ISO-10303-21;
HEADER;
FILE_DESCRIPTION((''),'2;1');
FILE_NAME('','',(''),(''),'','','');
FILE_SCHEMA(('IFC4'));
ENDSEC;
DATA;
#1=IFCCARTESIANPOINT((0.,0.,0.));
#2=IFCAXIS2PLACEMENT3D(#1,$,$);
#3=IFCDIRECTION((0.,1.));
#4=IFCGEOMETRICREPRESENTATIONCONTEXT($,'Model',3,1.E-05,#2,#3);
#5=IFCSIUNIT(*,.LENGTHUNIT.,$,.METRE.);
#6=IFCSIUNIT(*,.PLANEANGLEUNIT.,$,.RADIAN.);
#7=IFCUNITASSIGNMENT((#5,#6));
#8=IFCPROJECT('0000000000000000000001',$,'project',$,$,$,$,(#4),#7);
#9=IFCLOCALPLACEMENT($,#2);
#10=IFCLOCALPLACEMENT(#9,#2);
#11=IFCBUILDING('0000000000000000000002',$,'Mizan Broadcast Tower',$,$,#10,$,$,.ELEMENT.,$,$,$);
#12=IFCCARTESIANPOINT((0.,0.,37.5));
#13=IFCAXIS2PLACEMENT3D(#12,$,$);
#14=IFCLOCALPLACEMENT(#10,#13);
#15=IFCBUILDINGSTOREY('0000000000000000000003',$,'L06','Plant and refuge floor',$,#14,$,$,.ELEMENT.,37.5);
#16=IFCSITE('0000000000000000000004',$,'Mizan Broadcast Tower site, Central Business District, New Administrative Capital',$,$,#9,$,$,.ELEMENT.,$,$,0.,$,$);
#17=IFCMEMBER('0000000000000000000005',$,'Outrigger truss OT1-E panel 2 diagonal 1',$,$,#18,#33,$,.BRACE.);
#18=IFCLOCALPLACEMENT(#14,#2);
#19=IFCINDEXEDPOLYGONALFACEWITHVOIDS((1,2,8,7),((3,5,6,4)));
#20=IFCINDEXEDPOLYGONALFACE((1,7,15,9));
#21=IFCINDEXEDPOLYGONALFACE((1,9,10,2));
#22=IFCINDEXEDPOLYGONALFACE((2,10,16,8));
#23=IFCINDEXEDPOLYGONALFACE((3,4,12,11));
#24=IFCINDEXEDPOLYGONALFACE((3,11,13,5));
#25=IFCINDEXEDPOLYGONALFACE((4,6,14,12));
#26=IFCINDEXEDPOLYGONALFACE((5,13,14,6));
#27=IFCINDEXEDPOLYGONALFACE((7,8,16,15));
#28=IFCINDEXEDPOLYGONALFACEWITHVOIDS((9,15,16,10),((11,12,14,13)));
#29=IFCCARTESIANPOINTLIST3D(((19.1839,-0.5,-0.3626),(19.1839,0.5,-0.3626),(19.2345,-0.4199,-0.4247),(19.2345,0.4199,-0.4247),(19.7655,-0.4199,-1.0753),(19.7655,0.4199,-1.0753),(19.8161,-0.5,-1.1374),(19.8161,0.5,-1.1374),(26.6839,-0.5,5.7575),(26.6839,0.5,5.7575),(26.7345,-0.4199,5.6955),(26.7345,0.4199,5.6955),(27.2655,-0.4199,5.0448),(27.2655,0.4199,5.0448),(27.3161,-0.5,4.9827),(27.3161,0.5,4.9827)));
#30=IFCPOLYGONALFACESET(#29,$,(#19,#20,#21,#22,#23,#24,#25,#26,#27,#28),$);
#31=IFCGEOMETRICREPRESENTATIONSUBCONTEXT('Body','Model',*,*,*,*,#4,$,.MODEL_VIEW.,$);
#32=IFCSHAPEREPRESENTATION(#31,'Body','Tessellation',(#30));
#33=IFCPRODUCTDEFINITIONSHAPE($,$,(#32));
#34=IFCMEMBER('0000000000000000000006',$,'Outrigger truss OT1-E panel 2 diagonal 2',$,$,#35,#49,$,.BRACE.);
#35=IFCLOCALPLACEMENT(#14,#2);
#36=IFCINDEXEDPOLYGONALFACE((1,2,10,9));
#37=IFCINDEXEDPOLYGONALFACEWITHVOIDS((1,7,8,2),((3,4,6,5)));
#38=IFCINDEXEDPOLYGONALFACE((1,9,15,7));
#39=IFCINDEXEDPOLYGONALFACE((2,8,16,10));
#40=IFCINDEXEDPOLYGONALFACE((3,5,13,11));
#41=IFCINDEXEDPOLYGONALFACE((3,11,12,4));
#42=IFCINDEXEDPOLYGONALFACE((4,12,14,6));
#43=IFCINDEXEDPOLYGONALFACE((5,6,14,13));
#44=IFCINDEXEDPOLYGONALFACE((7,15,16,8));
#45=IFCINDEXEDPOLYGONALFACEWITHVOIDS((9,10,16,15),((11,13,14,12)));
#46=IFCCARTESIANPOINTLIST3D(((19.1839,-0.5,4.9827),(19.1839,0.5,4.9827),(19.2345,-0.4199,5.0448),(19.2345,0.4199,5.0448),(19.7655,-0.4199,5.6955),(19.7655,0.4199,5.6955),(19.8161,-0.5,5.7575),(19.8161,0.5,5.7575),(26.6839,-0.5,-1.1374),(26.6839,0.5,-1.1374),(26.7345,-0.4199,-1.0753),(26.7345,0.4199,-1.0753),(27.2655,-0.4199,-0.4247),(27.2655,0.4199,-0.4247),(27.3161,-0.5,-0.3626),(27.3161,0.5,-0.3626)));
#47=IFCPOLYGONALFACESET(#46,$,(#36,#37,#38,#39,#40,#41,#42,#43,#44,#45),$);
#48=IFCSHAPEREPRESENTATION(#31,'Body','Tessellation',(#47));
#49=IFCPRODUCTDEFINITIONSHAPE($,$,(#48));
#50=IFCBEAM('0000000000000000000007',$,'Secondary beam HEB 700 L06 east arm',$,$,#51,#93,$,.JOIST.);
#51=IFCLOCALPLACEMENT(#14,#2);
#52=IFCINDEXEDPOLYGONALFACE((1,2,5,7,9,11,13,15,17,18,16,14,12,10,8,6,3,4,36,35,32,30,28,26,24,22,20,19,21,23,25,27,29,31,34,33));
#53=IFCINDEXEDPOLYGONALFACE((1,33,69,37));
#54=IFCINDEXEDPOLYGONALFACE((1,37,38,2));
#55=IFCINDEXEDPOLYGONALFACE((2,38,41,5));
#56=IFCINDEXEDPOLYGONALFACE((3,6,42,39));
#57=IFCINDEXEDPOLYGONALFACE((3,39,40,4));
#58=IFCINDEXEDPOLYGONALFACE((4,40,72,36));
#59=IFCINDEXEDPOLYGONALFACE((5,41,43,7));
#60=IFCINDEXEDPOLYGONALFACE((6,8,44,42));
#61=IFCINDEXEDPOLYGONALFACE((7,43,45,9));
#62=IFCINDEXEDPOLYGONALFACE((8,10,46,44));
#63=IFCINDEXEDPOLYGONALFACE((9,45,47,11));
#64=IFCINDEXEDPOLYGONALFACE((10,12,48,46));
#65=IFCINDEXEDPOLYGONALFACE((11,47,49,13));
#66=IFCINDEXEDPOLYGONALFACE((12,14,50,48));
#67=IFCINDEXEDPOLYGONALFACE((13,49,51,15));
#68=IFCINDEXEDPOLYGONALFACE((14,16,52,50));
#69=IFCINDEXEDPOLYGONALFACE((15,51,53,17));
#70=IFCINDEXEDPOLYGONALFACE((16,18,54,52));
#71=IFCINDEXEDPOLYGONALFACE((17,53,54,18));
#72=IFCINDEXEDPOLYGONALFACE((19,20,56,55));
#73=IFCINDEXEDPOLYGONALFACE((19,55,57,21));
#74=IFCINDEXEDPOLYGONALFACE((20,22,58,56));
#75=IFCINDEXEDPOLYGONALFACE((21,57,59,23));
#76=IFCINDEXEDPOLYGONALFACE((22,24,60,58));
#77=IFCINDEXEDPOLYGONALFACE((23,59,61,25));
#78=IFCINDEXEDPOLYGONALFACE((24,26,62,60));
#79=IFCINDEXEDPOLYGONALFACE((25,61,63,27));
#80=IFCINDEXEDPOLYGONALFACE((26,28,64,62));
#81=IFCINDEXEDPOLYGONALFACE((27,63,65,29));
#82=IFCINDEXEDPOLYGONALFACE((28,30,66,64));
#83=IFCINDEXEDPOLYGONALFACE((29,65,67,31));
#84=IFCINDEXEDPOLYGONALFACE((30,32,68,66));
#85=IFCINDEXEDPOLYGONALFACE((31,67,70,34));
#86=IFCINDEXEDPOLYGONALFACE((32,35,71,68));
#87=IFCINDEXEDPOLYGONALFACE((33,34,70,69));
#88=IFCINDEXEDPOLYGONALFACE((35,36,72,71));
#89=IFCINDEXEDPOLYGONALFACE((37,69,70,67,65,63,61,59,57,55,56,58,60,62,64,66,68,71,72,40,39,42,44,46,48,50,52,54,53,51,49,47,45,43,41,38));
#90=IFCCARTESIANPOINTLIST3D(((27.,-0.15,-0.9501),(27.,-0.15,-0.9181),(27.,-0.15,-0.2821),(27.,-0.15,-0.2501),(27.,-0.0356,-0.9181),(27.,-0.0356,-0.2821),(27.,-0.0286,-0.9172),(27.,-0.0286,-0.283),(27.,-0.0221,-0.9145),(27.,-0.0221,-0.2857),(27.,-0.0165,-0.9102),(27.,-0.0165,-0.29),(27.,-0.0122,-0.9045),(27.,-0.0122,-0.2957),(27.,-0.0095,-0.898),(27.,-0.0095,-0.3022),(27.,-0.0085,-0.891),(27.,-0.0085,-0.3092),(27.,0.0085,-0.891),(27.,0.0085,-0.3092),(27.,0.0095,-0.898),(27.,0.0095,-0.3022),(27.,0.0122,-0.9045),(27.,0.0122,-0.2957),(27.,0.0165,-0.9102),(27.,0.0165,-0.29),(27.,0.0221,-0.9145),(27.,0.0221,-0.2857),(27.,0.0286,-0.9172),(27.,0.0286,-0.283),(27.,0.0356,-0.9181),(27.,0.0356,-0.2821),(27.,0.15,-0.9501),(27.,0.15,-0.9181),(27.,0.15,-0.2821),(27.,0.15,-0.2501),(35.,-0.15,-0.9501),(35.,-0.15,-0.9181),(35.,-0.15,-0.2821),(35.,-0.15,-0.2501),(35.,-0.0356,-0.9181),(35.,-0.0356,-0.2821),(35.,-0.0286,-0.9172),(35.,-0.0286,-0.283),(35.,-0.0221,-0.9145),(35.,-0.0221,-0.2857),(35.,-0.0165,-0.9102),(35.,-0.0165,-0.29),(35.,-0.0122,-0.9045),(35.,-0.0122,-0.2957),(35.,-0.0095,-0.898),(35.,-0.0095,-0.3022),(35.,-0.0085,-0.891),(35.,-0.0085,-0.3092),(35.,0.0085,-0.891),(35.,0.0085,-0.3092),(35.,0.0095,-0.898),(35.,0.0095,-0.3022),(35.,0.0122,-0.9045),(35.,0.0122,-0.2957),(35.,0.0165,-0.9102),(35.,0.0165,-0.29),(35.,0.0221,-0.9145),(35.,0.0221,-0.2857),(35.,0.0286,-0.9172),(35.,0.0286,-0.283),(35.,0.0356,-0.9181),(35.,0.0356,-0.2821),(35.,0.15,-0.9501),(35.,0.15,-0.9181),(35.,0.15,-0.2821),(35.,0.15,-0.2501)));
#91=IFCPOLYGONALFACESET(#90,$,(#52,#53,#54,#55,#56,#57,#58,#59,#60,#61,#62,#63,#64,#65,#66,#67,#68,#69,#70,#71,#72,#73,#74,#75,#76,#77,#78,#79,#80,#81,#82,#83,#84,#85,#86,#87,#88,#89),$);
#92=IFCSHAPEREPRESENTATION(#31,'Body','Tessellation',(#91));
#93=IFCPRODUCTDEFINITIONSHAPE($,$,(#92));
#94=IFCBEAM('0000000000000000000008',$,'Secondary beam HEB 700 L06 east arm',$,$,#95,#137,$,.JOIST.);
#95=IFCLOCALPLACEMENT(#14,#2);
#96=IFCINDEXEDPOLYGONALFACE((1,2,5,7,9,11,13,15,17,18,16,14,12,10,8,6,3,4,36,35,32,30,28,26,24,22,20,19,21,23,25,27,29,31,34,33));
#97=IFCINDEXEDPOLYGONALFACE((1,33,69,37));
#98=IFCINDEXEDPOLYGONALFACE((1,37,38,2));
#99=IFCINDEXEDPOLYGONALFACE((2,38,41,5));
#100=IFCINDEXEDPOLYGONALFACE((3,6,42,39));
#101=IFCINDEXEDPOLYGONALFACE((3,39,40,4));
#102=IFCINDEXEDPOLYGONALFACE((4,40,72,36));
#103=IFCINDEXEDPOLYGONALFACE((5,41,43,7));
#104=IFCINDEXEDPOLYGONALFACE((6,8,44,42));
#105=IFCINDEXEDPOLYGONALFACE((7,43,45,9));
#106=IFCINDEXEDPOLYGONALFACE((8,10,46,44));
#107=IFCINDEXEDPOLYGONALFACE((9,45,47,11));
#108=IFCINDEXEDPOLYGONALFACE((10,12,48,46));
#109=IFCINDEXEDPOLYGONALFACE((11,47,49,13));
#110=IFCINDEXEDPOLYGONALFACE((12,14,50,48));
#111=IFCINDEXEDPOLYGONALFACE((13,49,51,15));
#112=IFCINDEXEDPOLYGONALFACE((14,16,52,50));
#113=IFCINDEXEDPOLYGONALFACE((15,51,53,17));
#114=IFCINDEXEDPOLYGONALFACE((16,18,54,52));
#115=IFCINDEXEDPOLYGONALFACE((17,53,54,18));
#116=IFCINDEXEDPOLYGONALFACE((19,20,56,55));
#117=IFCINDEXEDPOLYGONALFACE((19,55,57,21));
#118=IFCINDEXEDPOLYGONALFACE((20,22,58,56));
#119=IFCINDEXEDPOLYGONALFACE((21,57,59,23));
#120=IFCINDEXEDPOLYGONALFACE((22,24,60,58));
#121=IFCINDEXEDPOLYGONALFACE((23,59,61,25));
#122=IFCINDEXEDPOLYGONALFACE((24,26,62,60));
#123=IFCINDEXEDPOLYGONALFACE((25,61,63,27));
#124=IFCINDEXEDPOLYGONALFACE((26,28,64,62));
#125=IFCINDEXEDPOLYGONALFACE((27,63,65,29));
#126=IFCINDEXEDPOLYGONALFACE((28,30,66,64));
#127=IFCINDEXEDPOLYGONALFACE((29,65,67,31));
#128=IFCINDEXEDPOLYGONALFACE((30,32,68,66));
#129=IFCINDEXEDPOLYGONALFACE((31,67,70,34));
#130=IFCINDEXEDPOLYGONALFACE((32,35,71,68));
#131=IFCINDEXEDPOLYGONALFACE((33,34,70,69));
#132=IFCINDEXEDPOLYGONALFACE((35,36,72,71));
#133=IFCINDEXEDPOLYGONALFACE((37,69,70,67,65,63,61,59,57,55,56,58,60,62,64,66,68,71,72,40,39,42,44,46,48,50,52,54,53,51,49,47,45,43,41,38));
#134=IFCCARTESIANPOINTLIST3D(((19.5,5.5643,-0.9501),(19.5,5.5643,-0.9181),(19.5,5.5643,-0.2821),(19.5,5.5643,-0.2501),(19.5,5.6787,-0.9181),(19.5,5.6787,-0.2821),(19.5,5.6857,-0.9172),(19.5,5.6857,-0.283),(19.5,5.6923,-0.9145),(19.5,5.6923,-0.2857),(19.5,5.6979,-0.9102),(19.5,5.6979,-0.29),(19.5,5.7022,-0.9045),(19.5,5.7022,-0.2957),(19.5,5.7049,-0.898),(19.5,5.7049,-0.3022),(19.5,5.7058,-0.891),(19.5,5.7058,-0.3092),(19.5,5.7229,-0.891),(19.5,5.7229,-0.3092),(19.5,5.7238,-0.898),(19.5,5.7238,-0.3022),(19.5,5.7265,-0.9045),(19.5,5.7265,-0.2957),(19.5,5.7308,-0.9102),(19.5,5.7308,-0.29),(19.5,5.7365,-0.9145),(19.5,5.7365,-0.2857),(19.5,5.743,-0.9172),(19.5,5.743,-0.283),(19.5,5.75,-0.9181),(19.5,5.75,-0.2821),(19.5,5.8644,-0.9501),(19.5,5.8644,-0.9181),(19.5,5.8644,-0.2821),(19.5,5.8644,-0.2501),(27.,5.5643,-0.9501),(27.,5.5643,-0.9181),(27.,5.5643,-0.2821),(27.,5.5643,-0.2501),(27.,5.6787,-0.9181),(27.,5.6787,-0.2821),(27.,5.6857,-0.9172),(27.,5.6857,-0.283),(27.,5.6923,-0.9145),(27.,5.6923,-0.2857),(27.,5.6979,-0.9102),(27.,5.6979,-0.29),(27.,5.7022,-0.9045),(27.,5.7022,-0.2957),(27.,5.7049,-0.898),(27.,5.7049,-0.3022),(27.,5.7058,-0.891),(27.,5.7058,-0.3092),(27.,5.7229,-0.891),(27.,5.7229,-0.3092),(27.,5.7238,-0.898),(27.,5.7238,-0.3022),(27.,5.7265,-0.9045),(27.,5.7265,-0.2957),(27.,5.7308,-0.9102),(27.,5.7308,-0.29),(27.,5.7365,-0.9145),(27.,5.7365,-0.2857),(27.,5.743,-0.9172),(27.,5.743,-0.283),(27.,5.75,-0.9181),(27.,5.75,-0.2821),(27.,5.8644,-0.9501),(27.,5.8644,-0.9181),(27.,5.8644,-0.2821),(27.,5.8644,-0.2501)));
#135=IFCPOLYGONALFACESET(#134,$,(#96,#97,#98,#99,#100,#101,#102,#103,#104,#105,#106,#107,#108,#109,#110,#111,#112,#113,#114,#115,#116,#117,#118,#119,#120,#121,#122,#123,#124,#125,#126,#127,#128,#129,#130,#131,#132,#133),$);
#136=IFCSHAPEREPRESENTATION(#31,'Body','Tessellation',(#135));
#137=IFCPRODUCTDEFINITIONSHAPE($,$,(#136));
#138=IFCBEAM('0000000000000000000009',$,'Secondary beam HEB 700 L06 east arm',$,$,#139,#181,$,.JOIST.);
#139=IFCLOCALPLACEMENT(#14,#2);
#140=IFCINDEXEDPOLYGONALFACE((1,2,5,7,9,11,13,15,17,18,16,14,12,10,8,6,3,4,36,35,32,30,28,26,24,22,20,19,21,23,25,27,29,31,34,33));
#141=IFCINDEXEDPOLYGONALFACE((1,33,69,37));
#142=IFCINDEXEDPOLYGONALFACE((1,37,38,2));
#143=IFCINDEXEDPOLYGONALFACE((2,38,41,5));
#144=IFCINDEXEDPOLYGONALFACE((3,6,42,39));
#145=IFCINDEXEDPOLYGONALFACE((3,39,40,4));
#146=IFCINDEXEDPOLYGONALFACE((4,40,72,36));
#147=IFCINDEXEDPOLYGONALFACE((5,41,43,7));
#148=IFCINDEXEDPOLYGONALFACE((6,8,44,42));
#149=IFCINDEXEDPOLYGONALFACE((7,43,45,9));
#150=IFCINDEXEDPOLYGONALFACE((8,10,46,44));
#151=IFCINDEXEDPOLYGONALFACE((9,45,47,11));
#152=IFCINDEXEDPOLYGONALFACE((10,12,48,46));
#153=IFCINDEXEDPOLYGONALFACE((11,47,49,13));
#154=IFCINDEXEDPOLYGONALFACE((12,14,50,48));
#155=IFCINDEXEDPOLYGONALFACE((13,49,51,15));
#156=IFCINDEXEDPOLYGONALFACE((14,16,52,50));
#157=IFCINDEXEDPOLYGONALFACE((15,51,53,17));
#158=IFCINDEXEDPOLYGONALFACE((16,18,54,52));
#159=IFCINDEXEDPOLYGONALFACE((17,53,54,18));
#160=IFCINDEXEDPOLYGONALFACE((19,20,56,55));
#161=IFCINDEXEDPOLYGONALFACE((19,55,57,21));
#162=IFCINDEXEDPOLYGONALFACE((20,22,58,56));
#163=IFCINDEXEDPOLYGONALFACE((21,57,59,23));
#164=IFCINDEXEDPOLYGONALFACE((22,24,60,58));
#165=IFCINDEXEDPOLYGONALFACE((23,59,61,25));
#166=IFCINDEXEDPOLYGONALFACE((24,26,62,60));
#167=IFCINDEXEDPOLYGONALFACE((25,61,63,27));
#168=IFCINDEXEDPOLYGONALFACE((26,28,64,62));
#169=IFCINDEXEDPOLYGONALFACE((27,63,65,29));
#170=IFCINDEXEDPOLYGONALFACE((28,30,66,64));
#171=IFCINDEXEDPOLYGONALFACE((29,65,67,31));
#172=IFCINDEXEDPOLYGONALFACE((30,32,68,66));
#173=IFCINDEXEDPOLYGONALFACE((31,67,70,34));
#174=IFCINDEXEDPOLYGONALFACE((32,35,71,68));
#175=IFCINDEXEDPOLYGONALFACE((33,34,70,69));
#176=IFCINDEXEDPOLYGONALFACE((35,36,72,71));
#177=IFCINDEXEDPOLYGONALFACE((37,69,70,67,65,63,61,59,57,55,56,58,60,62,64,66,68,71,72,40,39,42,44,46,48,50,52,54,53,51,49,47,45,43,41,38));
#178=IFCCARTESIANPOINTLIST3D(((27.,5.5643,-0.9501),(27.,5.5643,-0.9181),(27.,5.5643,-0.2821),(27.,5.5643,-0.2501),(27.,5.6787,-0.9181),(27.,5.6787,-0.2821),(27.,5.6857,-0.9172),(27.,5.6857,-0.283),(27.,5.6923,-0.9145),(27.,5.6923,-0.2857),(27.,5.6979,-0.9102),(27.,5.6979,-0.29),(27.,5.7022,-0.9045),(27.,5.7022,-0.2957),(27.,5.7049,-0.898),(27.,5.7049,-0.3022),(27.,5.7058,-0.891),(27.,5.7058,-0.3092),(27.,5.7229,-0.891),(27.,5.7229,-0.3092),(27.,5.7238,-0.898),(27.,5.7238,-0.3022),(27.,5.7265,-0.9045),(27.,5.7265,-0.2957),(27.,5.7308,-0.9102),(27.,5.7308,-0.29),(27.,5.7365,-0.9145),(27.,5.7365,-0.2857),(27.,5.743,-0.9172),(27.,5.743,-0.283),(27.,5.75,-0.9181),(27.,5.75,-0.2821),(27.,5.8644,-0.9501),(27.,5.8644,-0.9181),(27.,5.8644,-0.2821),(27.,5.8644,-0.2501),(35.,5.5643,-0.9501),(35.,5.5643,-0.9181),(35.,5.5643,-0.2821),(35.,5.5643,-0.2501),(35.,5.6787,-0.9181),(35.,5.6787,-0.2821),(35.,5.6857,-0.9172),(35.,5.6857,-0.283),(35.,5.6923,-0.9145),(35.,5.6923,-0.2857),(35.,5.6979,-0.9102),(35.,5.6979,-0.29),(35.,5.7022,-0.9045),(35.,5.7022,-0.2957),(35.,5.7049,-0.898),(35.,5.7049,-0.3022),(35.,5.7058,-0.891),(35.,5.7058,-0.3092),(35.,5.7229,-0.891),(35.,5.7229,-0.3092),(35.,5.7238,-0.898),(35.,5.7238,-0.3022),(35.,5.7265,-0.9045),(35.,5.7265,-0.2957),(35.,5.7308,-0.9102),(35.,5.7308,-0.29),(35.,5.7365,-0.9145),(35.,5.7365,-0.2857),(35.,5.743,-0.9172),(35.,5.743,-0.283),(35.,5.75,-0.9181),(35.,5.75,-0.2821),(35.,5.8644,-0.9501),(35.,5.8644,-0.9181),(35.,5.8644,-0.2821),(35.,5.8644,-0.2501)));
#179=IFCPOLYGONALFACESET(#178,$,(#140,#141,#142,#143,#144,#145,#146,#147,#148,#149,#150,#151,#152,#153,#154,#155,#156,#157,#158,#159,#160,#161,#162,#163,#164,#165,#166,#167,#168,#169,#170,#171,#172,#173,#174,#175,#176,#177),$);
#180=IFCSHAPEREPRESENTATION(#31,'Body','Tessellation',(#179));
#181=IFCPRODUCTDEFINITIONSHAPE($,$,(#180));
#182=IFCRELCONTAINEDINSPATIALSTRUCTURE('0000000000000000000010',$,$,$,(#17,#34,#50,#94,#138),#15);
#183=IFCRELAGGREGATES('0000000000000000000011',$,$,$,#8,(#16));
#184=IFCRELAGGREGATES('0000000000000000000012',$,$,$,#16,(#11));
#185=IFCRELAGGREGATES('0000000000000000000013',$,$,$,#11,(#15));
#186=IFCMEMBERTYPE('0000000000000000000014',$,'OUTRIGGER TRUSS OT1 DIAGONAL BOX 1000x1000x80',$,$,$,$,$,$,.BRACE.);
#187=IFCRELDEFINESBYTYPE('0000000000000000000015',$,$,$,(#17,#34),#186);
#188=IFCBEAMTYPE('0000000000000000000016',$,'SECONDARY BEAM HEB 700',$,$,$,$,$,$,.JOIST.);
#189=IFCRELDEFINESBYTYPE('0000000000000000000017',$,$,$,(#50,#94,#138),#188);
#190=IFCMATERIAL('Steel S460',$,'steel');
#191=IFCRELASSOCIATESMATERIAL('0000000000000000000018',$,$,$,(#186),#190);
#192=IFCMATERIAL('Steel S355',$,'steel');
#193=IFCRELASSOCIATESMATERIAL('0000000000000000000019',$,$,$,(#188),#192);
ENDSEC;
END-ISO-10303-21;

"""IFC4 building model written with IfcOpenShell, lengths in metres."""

from ifc_helpers import new_model, si_unit, direction, frame, origin, origin_2d, place, context, subcontext, project, spatial, hollow_rectangle, i_section, extrude, material, material_profile, profile_set, type_object, element, save


model = new_model("IFC4")

# Units and contexts
model_context = context("Model", 3, precision=1e-05, world=origin(), true_north=direction((0.0, 1.0)))
body_context = subcontext(model_context, "Body", "Model", "MODEL_VIEW")
ifc_project = project(units=[si_unit("LENGTHUNIT", "METRE"), si_unit("PLANEANGLEUNIT", "RADIAN")], contexts=[model_context])

# Site, building, storey
site_placement = place(None, origin())
site = spatial("IfcSite", under=ifc_project, at=site_placement, Name="Mizan Broadcast Tower site, Central Business District, New Administrative Capital", CompositionType="ELEMENT", RefElevation=0.0)
building_placement = place(site_placement, origin())
building = spatial("IfcBuilding", under=site, at=building_placement, Name="Mizan Broadcast Tower", CompositionType="ELEMENT")
storey_placement = place(building_placement, frame((0.0, 0.0, 37.5)))
storey = spatial("IfcBuildingStorey", under=building, at=storey_placement, Name="L06", Description="Plant and refuge floor", CompositionType="ELEMENT", Elevation=37.5)

# Members
ifc_material_1 = material(Name="Steel S460", Category="steel")
ifc_material_profile_1 = material_profile(ifc_material_1, hollow_rectangle(XDim=1.0, YDim=1.0, WallThickness=0.0801, at=origin_2d()), Name="BOX 1000x1000x80")
ifc_profile_set_1 = profile_set([ifc_material_profile_1], Name="Steel S460")
member_type_1 = type_object("IfcMemberType", Name="OUTRIGGER TRUSS OT1 DIAGONAL BOX 1000x1000x80", PredefinedType="BRACE", material=ifc_profile_set_1)
for number, where, z_axis, x_axis, name in (
    (1, (19.5, 0.0, -0.75), (0.774779, 0.0, 0.632232), (0.0, 1.0, 0.0), "Outrigger truss OT1-E panel 2 diagonal 1"),
    (2, (19.5, 0.0, 5.3701), (0.774779, 0.0, -0.632232), (0.0, 1.0, 0.0), "Outrigger truss OT1-E panel 2 diagonal 2"),
):
    element("IfcMember", number, at=place(storey_placement, frame(where, z_axis=z_axis, x_axis=x_axis)), inside=storey, type_object=member_type_1, Name=name, PredefinedType="BRACE", context=body_context, shape_type="SweptSolid", body=[
        extrude(hollow_rectangle(XDim=1.0, YDim=1.0, WallThickness=0.0801, at=origin_2d()), origin(), (0.0, 0.0, 1.0), 9.6802),
    ])

# Beams
ifc_material_2 = material(Name="Steel S355", Category="steel")
ifc_material_profile_2 = material_profile(ifc_material_2, i_section(OverallWidth=0.3, OverallDepth=0.7, WebThickness=0.0171, FlangeThickness=0.032, FilletRadius=0.0271, at=origin_2d()), Name="HEB 700")
ifc_profile_set_2 = profile_set([ifc_material_profile_2], Name="Steel S355")
beam_type_1 = type_object("IfcBeamType", Name="SECONDARY BEAM HEB 700", PredefinedType="JOIST", material=ifc_profile_set_2)
beam_1_placement = place(storey_placement, frame((27.0, 0.0, -0.6001), z_axis=(1.0, 0.0, 0.0), x_axis=(0.0, 1.0, 0.0)))
element("IfcBeam", 3, at=beam_1_placement, inside=storey, type_object=beam_type_1, Name="Secondary beam HEB 700 L06 east arm", PredefinedType="JOIST", context=body_context, shape_type="SweptSolid", body=[
    extrude(i_section(OverallWidth=0.3, OverallDepth=0.7, WebThickness=0.0171, FlangeThickness=0.032, FilletRadius=0.0271, at=origin_2d()), origin(), (0.0, 0.0, 1.0), 8.0),
])
beam_2_placement = place(storey_placement, frame((19.5, 5.7144, -0.6001), z_axis=(1.0, 0.0, 0.0), x_axis=(0.0, 1.0, 0.0)))
element("IfcBeam", 4, at=beam_2_placement, inside=storey, type_object=beam_type_1, Name="Secondary beam HEB 700 L06 east arm", PredefinedType="JOIST", context=body_context, shape_type="SweptSolid", body=[
    extrude(i_section(OverallWidth=0.3, OverallDepth=0.7, WebThickness=0.0171, FlangeThickness=0.032, FilletRadius=0.0271, at=origin_2d()), origin(), (0.0, 0.0, 1.0), 7.5),
])
beam_3_placement = place(storey_placement, frame((27.0, 5.7144, -0.6001), z_axis=(1.0, 0.0, 0.0), x_axis=(0.0, 1.0, 0.0)))
element("IfcBeam", 5, at=beam_3_placement, inside=storey, type_object=beam_type_1, Name="Secondary beam HEB 700 L06 east arm", PredefinedType="JOIST", context=body_context, shape_type="SweptSolid", body=[
    extrude(i_section(OverallWidth=0.3, OverallDepth=0.7, WebThickness=0.0171, FlangeThickness=0.032, FilletRadius=0.0271, at=origin_2d()), origin(), (0.0, 0.0, 1.0), 8.0),
])

save(model, "model.ifc")
